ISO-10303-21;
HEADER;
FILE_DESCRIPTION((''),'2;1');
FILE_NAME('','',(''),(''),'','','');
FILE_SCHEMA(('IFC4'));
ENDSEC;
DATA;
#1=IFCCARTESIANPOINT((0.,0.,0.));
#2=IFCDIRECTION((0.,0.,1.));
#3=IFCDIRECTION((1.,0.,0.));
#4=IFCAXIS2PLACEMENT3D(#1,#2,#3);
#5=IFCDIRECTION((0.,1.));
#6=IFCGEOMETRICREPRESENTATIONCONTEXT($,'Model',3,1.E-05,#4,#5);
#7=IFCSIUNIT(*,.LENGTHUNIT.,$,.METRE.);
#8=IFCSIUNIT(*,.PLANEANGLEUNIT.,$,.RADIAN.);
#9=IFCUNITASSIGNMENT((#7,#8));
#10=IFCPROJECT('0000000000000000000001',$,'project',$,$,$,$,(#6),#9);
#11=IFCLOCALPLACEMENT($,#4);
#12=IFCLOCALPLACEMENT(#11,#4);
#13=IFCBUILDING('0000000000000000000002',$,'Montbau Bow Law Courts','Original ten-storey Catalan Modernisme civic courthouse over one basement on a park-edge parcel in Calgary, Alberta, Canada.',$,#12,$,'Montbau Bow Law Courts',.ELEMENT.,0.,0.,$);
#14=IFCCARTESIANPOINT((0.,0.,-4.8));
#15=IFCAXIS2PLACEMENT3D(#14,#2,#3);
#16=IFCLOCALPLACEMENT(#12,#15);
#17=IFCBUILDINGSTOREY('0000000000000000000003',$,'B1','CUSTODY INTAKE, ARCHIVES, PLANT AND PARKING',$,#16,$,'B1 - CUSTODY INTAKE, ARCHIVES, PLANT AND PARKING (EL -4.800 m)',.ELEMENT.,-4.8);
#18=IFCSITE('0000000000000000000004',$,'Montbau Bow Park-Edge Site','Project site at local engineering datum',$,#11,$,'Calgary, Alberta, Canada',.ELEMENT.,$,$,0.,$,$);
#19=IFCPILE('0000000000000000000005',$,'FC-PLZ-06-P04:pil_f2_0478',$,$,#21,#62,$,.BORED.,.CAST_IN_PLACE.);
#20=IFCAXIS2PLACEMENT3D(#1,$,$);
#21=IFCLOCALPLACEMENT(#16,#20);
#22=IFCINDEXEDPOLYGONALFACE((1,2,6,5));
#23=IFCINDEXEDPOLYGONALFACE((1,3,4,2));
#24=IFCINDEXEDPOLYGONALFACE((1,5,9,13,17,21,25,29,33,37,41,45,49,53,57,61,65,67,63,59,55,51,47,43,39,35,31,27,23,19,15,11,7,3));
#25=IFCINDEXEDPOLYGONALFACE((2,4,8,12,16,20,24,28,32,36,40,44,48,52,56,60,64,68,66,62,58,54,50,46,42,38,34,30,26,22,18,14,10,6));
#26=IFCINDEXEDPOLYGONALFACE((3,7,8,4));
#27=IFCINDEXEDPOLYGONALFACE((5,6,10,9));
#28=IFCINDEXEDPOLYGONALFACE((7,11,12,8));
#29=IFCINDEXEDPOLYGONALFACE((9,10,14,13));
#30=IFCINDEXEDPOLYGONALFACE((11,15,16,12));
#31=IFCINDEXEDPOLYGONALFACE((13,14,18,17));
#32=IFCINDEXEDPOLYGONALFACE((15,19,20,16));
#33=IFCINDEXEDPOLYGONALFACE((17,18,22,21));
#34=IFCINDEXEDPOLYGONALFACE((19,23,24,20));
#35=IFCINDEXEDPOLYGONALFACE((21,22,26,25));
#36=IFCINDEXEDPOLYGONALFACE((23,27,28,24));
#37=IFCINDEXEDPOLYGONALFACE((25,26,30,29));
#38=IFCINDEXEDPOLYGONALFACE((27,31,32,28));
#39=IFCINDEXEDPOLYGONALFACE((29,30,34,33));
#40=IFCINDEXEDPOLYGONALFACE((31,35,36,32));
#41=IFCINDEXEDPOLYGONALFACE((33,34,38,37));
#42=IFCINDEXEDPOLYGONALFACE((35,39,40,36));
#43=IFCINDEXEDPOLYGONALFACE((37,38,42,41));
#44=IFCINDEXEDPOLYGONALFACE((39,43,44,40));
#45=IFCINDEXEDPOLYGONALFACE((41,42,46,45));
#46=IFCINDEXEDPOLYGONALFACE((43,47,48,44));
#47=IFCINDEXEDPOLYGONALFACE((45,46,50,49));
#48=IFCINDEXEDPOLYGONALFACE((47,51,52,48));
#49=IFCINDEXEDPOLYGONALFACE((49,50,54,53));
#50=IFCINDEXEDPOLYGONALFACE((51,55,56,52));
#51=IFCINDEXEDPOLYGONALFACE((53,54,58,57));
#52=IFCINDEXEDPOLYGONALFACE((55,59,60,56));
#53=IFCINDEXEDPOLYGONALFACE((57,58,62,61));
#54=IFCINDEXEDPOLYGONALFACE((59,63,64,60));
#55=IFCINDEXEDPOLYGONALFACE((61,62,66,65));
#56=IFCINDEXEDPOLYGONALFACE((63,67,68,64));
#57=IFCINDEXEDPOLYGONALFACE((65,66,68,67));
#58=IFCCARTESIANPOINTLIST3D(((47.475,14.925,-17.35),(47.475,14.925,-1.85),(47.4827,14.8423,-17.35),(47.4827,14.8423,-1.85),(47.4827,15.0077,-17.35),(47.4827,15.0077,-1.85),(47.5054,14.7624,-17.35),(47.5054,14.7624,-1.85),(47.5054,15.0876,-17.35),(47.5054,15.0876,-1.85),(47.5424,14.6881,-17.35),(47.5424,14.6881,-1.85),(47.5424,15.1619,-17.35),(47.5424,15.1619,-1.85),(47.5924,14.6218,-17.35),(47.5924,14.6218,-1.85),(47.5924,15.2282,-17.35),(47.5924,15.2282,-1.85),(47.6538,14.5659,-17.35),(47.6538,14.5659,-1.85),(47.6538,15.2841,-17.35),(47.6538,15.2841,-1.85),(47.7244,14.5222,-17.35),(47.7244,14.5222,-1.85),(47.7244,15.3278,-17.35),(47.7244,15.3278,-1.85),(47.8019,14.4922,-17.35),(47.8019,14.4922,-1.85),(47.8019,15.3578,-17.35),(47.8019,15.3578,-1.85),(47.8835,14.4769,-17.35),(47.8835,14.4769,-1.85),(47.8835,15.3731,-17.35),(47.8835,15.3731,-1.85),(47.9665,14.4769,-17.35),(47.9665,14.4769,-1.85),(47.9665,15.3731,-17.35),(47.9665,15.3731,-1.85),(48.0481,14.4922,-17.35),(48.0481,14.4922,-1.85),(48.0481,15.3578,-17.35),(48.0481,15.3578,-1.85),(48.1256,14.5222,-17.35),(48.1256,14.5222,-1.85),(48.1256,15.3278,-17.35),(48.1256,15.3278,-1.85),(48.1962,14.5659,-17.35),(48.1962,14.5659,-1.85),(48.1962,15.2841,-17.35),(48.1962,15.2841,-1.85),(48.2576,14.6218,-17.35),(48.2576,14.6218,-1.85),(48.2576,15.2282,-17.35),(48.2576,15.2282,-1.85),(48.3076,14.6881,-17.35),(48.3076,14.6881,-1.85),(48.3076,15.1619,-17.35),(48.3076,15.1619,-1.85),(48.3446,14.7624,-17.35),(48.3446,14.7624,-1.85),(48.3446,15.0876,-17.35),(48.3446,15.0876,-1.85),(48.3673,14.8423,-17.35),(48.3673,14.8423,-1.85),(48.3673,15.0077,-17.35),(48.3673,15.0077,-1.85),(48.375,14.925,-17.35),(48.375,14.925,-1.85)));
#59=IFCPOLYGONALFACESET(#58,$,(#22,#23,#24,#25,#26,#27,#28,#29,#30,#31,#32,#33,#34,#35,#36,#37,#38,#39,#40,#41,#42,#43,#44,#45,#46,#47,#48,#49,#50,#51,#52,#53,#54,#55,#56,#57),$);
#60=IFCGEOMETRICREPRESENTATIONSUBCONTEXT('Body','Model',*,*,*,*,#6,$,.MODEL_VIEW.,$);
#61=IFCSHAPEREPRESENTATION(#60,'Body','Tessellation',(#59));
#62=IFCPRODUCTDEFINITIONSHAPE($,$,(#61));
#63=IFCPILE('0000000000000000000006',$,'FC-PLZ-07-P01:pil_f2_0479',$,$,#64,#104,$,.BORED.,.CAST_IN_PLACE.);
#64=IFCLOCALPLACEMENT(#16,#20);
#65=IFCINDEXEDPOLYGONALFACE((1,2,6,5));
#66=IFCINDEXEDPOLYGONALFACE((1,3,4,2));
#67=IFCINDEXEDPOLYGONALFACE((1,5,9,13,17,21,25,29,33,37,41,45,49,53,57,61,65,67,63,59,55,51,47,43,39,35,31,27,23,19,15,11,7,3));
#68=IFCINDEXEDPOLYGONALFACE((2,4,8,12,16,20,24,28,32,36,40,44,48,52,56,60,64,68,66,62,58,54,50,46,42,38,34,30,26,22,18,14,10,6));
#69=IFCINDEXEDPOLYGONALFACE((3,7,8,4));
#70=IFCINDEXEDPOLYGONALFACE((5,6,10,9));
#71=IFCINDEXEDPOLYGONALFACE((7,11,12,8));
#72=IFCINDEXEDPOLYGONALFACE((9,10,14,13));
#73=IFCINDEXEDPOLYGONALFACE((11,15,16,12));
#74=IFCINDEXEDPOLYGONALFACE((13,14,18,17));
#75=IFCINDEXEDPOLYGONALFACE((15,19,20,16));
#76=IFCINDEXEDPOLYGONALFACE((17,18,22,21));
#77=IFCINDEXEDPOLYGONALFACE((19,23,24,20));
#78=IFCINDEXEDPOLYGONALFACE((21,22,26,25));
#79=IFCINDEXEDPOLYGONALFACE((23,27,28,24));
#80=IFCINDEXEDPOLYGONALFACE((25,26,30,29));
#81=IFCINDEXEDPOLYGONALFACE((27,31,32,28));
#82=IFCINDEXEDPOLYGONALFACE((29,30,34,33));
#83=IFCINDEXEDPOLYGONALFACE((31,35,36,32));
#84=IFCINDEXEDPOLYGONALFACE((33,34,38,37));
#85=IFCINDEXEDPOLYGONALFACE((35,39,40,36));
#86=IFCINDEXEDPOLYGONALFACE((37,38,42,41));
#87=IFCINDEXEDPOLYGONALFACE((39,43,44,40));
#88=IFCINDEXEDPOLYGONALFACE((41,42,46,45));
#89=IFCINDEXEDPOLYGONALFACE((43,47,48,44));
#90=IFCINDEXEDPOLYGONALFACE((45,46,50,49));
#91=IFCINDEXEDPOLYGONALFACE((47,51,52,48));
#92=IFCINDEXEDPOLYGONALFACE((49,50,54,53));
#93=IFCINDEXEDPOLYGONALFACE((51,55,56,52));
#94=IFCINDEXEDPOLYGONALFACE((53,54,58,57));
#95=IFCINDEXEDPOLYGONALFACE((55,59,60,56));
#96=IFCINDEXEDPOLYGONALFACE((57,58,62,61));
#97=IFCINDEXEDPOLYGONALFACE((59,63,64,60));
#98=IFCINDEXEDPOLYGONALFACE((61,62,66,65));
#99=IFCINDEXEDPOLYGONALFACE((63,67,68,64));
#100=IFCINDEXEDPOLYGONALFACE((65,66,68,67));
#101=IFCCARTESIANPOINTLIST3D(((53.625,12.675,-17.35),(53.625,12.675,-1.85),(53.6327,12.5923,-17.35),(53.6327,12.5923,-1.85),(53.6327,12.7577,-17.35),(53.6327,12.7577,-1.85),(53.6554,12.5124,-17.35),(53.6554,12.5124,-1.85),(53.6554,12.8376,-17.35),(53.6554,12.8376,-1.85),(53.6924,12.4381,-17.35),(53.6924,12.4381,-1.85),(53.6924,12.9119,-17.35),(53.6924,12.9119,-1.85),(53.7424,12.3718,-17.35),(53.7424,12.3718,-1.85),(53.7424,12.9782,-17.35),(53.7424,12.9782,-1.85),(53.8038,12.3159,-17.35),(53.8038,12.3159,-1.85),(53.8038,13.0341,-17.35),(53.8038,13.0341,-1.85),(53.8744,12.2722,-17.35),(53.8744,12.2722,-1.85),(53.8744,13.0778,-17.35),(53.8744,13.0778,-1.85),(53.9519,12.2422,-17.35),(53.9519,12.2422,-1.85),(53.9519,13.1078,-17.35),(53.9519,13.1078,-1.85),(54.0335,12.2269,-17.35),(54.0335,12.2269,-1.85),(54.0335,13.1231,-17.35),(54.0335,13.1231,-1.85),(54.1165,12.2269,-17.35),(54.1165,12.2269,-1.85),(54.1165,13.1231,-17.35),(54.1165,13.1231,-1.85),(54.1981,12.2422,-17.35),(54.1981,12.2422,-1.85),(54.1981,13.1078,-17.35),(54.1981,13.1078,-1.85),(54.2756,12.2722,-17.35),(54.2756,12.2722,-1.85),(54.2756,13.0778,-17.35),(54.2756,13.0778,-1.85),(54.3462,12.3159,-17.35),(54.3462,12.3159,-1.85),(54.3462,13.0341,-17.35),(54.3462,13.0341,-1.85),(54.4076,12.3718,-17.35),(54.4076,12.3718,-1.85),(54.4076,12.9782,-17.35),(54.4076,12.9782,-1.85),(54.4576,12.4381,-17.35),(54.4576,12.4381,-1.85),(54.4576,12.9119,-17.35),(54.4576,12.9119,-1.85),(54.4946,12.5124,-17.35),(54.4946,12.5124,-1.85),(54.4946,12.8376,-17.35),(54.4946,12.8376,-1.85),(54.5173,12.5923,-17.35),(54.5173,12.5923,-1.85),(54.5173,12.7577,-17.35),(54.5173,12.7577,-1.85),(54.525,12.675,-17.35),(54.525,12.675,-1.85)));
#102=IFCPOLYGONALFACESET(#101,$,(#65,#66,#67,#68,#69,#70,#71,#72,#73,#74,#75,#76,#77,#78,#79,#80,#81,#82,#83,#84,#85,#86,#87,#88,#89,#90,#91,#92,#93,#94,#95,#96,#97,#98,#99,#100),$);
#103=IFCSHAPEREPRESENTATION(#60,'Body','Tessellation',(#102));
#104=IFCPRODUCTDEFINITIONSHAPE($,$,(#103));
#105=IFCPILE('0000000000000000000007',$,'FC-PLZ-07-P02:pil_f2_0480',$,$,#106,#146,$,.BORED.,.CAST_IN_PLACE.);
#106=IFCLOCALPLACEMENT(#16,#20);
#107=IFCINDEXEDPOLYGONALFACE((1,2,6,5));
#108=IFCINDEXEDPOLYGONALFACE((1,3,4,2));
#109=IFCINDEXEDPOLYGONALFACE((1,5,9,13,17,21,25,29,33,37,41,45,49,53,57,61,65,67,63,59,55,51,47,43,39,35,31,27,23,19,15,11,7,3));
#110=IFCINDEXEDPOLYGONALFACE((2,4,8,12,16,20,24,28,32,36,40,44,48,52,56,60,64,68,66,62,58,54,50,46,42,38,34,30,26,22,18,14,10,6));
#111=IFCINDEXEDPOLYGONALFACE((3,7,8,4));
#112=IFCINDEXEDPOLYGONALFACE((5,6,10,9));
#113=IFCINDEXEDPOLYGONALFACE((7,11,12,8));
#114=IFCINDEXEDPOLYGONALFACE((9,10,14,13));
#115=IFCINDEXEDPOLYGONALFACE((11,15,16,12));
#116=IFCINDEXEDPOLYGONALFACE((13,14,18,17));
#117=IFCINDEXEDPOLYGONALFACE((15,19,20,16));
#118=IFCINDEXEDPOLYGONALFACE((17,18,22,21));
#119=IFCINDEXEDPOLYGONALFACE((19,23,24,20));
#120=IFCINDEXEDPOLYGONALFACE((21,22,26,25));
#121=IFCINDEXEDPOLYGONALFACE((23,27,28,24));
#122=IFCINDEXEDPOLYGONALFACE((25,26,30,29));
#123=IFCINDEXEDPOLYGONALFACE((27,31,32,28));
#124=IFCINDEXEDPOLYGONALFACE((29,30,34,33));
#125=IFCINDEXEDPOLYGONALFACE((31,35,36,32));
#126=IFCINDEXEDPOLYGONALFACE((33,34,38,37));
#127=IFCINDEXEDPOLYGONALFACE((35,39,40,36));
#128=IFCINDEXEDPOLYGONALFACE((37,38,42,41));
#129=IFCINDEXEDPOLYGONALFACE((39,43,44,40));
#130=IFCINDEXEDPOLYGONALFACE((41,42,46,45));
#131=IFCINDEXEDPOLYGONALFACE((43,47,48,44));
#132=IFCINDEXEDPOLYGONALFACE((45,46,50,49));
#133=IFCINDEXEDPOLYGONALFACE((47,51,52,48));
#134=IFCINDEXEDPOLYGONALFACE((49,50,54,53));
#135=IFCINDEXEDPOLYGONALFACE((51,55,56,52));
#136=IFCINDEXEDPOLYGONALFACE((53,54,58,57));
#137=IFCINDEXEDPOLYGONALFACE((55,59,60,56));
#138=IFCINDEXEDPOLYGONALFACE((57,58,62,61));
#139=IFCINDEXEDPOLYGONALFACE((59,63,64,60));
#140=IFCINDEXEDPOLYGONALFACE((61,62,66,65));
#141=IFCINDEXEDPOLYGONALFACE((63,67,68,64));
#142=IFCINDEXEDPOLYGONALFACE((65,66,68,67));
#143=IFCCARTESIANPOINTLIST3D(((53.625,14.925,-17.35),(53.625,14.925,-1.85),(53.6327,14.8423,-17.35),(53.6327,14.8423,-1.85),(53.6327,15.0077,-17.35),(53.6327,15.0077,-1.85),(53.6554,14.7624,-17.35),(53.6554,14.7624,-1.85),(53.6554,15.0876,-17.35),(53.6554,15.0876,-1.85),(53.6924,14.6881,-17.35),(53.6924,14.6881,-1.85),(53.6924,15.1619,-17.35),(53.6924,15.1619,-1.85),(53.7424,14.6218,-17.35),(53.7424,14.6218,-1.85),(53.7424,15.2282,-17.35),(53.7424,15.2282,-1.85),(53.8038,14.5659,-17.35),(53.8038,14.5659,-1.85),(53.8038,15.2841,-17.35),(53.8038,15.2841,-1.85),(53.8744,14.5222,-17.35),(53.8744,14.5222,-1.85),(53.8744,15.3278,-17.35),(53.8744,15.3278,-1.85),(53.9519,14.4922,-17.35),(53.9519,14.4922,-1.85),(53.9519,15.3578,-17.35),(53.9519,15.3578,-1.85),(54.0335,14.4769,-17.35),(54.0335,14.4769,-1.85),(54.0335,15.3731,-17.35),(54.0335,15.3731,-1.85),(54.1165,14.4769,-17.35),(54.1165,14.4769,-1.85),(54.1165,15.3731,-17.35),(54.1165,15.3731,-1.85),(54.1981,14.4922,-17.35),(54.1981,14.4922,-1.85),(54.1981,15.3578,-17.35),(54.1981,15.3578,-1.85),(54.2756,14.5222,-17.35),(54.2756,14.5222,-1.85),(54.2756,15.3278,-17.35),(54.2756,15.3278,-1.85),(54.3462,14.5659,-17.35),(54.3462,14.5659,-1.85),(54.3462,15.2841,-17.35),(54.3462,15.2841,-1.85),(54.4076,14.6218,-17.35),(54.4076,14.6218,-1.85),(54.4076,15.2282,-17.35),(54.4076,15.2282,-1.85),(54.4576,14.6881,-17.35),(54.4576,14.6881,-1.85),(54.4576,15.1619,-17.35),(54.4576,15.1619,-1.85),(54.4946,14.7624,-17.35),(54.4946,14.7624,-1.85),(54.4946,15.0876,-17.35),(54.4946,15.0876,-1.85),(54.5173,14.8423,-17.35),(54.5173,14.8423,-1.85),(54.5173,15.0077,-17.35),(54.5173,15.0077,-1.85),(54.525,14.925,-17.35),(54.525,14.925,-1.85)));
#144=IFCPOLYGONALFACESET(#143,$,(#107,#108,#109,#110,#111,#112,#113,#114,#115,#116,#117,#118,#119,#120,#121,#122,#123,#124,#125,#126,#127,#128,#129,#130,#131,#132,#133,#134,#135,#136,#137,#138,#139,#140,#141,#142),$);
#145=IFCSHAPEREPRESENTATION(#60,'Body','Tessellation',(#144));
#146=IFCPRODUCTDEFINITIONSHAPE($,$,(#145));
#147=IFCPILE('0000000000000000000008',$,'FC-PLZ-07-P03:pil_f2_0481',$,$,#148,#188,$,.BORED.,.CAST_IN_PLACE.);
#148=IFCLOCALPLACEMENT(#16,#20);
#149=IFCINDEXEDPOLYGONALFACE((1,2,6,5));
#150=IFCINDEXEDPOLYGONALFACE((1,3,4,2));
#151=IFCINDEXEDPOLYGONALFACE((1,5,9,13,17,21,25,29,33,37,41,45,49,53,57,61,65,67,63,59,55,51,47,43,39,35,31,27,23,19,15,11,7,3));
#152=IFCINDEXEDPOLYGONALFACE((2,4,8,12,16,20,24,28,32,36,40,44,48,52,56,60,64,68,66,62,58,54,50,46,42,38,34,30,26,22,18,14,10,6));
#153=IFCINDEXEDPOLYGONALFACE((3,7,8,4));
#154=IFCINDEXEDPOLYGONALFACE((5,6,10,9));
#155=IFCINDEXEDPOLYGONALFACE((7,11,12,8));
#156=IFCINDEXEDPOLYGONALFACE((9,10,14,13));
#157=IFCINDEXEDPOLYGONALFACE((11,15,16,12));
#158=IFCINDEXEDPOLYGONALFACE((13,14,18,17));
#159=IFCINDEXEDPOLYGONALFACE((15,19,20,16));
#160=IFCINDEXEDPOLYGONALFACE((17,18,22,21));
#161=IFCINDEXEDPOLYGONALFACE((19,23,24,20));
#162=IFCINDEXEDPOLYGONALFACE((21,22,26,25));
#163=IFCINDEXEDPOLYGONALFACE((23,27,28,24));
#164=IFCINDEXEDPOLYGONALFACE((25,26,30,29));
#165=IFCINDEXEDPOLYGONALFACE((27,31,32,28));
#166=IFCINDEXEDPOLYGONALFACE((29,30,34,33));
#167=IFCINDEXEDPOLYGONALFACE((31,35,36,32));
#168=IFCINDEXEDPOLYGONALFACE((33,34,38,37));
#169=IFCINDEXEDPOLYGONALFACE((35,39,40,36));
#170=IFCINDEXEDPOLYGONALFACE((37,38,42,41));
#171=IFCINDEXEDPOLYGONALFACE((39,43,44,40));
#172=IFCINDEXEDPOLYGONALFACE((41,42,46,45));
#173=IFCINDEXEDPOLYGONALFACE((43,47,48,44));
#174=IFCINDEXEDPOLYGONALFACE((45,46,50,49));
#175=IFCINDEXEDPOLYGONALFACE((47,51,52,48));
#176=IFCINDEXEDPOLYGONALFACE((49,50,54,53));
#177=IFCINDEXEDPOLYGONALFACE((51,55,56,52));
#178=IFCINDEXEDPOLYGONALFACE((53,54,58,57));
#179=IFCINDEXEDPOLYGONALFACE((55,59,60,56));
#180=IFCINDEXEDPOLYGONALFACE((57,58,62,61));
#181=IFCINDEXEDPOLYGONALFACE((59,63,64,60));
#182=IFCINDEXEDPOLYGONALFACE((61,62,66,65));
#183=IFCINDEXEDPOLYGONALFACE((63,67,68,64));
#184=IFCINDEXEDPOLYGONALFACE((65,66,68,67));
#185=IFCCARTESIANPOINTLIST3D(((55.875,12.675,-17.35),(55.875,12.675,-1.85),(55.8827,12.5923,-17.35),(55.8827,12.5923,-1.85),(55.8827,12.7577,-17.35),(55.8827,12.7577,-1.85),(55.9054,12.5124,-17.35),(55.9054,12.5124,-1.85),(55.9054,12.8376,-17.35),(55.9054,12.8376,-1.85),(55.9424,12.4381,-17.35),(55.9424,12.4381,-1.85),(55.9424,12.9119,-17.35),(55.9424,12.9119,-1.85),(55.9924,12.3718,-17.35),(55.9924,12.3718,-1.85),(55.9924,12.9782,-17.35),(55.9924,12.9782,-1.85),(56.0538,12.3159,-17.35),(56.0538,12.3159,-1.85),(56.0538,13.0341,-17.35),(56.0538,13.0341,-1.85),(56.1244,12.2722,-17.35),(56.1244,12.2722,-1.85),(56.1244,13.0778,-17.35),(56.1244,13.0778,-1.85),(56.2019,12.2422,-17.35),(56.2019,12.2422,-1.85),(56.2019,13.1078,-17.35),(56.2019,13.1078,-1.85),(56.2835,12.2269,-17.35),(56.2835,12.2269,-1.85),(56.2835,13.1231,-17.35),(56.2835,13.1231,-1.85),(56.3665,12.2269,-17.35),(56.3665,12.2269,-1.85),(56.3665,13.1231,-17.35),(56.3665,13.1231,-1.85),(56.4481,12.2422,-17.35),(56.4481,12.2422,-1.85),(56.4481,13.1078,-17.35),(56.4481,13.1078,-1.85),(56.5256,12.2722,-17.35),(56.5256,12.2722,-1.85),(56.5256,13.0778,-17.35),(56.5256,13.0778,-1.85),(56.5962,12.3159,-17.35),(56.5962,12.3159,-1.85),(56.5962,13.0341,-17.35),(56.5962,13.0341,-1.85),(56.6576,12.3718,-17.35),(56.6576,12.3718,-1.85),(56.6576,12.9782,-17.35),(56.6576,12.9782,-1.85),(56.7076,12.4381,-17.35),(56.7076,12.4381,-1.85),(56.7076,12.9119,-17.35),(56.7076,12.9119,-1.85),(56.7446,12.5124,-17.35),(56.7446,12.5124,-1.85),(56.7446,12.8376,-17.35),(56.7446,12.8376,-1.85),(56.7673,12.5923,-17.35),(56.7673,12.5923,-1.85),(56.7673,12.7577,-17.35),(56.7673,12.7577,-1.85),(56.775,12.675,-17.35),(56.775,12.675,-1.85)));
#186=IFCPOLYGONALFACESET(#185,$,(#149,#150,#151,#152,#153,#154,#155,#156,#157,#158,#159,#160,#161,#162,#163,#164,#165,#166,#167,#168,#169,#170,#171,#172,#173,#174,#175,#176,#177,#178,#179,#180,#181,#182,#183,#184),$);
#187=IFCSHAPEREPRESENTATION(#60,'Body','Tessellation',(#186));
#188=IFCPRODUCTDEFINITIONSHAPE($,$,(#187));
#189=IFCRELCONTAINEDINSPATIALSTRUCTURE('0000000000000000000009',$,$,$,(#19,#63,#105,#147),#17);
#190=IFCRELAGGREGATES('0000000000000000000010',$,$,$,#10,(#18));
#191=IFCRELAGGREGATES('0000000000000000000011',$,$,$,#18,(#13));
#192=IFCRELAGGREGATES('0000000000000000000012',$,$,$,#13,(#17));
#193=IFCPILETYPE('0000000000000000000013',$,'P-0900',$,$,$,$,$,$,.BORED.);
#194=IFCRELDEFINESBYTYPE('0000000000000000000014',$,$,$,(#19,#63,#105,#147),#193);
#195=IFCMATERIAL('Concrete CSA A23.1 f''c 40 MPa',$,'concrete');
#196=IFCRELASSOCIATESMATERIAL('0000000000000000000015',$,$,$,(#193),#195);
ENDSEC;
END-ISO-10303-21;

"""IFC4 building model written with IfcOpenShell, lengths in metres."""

from ifc_helpers import new_model, si_unit, direction, frame, origin_with_axes, origin_2d_with_axis, place, context, subcontext, project, spatial, circle, extrude, material, material_profile, profile_set, type_object, element, save


model = new_model("IFC4")

# Units and contexts
model_context = context("Model", 3, precision=1e-05, world=origin_with_axes(), true_north=direction((0.0, 1.0)))
body_context = subcontext(model_context, "Body", "Model", "MODEL_VIEW")
ifc_project = project(units=[si_unit("LENGTHUNIT", "METRE"), si_unit("PLANEANGLEUNIT", "RADIAN")], contexts=[model_context])

# Site, building, storey
site_placement = place(None, origin_with_axes())
site = spatial("IfcSite", under=ifc_project, at=site_placement, Name="Montbau Bow Park-Edge Site", Description="Project site at local engineering datum", LongName="Calgary, Alberta, Canada", CompositionType="ELEMENT", RefElevation=0.0)
building_placement = place(site_placement, origin_with_axes())
building = spatial("IfcBuilding", under=site, at=building_placement, Name="Montbau Bow Law Courts", Description="Original ten-storey Catalan Modernisme civic courthouse over one basement on a park-edge parcel in Calgary, Alberta, Canada.", LongName="Montbau Bow Law Courts", CompositionType="ELEMENT", ElevationOfRefHeight=0.0, ElevationOfTerrain=0.0)
storey_placement = place(building_placement, frame((0.0, 0.0, -4.8), z_axis=(0.0, 0.0, 1.0), x_axis=(1.0, 0.0, 0.0)))
storey = spatial("IfcBuildingStorey", under=building, at=storey_placement, Name="B1", Description="CUSTODY INTAKE, ARCHIVES, PLANT AND PARKING", LongName="B1 - CUSTODY INTAKE, ARCHIVES, PLANT AND PARKING (EL -4.800 m)", CompositionType="ELEMENT", Elevation=-4.8)

# Piles
ifc_material_1 = material(Name="Concrete CSA A23.1 f'c 40 MPa", Category="concrete")
ifc_material_profile_1 = material_profile(ifc_material_1, circle(Radius=0.45, at=origin_2d_with_axis()), Name="BP900", Category="Main", Priority=0)
ifc_profile_set_1 = profile_set([ifc_material_profile_1], Name="Concrete CSA A23.1 f'c 40 MPa")
pile_type_1 = type_object("IfcPileType", Name="P-0900", PredefinedType="BORED", material=ifc_profile_set_1)
for number, where, z_axis, x_axis, name in (
    (1, (47.925, 14.925, -22.15), (0.0, 0.0, 1.0), (1.0, 0.0, 0.0), "FC-PLZ-06-P04:pil_f2_0478"),
    (2, (54.075, 12.675, -22.15), (0.0, 0.0, 1.0), (1.0, 0.0, 0.0), "FC-PLZ-07-P01:pil_f2_0479"),
    (3, (54.075, 14.925, -22.15), (0.0, 0.0, 1.0), (1.0, 0.0, 0.0), "FC-PLZ-07-P02:pil_f2_0480"),
    (4, (56.325, 12.675, -22.15), (0.0, 0.0, 1.0), (1.0, 0.0, 0.0), "FC-PLZ-07-P03:pil_f2_0481"),
):
    element("IfcPile", number, at=place(None, frame(where, z_axis=z_axis, x_axis=x_axis)), inside=storey, type_object=pile_type_1, Name=name, ConstructionType="CAST_IN_PLACE", PredefinedType="BORED", context=body_context, shape_type="SweptSolid", body=[
        extrude(circle(Radius=0.45, at=origin_2d_with_axis()), origin_with_axes(), (0.0, 0.0, 1.0), 15.5),
    ])

save(model, "model.ifc")
